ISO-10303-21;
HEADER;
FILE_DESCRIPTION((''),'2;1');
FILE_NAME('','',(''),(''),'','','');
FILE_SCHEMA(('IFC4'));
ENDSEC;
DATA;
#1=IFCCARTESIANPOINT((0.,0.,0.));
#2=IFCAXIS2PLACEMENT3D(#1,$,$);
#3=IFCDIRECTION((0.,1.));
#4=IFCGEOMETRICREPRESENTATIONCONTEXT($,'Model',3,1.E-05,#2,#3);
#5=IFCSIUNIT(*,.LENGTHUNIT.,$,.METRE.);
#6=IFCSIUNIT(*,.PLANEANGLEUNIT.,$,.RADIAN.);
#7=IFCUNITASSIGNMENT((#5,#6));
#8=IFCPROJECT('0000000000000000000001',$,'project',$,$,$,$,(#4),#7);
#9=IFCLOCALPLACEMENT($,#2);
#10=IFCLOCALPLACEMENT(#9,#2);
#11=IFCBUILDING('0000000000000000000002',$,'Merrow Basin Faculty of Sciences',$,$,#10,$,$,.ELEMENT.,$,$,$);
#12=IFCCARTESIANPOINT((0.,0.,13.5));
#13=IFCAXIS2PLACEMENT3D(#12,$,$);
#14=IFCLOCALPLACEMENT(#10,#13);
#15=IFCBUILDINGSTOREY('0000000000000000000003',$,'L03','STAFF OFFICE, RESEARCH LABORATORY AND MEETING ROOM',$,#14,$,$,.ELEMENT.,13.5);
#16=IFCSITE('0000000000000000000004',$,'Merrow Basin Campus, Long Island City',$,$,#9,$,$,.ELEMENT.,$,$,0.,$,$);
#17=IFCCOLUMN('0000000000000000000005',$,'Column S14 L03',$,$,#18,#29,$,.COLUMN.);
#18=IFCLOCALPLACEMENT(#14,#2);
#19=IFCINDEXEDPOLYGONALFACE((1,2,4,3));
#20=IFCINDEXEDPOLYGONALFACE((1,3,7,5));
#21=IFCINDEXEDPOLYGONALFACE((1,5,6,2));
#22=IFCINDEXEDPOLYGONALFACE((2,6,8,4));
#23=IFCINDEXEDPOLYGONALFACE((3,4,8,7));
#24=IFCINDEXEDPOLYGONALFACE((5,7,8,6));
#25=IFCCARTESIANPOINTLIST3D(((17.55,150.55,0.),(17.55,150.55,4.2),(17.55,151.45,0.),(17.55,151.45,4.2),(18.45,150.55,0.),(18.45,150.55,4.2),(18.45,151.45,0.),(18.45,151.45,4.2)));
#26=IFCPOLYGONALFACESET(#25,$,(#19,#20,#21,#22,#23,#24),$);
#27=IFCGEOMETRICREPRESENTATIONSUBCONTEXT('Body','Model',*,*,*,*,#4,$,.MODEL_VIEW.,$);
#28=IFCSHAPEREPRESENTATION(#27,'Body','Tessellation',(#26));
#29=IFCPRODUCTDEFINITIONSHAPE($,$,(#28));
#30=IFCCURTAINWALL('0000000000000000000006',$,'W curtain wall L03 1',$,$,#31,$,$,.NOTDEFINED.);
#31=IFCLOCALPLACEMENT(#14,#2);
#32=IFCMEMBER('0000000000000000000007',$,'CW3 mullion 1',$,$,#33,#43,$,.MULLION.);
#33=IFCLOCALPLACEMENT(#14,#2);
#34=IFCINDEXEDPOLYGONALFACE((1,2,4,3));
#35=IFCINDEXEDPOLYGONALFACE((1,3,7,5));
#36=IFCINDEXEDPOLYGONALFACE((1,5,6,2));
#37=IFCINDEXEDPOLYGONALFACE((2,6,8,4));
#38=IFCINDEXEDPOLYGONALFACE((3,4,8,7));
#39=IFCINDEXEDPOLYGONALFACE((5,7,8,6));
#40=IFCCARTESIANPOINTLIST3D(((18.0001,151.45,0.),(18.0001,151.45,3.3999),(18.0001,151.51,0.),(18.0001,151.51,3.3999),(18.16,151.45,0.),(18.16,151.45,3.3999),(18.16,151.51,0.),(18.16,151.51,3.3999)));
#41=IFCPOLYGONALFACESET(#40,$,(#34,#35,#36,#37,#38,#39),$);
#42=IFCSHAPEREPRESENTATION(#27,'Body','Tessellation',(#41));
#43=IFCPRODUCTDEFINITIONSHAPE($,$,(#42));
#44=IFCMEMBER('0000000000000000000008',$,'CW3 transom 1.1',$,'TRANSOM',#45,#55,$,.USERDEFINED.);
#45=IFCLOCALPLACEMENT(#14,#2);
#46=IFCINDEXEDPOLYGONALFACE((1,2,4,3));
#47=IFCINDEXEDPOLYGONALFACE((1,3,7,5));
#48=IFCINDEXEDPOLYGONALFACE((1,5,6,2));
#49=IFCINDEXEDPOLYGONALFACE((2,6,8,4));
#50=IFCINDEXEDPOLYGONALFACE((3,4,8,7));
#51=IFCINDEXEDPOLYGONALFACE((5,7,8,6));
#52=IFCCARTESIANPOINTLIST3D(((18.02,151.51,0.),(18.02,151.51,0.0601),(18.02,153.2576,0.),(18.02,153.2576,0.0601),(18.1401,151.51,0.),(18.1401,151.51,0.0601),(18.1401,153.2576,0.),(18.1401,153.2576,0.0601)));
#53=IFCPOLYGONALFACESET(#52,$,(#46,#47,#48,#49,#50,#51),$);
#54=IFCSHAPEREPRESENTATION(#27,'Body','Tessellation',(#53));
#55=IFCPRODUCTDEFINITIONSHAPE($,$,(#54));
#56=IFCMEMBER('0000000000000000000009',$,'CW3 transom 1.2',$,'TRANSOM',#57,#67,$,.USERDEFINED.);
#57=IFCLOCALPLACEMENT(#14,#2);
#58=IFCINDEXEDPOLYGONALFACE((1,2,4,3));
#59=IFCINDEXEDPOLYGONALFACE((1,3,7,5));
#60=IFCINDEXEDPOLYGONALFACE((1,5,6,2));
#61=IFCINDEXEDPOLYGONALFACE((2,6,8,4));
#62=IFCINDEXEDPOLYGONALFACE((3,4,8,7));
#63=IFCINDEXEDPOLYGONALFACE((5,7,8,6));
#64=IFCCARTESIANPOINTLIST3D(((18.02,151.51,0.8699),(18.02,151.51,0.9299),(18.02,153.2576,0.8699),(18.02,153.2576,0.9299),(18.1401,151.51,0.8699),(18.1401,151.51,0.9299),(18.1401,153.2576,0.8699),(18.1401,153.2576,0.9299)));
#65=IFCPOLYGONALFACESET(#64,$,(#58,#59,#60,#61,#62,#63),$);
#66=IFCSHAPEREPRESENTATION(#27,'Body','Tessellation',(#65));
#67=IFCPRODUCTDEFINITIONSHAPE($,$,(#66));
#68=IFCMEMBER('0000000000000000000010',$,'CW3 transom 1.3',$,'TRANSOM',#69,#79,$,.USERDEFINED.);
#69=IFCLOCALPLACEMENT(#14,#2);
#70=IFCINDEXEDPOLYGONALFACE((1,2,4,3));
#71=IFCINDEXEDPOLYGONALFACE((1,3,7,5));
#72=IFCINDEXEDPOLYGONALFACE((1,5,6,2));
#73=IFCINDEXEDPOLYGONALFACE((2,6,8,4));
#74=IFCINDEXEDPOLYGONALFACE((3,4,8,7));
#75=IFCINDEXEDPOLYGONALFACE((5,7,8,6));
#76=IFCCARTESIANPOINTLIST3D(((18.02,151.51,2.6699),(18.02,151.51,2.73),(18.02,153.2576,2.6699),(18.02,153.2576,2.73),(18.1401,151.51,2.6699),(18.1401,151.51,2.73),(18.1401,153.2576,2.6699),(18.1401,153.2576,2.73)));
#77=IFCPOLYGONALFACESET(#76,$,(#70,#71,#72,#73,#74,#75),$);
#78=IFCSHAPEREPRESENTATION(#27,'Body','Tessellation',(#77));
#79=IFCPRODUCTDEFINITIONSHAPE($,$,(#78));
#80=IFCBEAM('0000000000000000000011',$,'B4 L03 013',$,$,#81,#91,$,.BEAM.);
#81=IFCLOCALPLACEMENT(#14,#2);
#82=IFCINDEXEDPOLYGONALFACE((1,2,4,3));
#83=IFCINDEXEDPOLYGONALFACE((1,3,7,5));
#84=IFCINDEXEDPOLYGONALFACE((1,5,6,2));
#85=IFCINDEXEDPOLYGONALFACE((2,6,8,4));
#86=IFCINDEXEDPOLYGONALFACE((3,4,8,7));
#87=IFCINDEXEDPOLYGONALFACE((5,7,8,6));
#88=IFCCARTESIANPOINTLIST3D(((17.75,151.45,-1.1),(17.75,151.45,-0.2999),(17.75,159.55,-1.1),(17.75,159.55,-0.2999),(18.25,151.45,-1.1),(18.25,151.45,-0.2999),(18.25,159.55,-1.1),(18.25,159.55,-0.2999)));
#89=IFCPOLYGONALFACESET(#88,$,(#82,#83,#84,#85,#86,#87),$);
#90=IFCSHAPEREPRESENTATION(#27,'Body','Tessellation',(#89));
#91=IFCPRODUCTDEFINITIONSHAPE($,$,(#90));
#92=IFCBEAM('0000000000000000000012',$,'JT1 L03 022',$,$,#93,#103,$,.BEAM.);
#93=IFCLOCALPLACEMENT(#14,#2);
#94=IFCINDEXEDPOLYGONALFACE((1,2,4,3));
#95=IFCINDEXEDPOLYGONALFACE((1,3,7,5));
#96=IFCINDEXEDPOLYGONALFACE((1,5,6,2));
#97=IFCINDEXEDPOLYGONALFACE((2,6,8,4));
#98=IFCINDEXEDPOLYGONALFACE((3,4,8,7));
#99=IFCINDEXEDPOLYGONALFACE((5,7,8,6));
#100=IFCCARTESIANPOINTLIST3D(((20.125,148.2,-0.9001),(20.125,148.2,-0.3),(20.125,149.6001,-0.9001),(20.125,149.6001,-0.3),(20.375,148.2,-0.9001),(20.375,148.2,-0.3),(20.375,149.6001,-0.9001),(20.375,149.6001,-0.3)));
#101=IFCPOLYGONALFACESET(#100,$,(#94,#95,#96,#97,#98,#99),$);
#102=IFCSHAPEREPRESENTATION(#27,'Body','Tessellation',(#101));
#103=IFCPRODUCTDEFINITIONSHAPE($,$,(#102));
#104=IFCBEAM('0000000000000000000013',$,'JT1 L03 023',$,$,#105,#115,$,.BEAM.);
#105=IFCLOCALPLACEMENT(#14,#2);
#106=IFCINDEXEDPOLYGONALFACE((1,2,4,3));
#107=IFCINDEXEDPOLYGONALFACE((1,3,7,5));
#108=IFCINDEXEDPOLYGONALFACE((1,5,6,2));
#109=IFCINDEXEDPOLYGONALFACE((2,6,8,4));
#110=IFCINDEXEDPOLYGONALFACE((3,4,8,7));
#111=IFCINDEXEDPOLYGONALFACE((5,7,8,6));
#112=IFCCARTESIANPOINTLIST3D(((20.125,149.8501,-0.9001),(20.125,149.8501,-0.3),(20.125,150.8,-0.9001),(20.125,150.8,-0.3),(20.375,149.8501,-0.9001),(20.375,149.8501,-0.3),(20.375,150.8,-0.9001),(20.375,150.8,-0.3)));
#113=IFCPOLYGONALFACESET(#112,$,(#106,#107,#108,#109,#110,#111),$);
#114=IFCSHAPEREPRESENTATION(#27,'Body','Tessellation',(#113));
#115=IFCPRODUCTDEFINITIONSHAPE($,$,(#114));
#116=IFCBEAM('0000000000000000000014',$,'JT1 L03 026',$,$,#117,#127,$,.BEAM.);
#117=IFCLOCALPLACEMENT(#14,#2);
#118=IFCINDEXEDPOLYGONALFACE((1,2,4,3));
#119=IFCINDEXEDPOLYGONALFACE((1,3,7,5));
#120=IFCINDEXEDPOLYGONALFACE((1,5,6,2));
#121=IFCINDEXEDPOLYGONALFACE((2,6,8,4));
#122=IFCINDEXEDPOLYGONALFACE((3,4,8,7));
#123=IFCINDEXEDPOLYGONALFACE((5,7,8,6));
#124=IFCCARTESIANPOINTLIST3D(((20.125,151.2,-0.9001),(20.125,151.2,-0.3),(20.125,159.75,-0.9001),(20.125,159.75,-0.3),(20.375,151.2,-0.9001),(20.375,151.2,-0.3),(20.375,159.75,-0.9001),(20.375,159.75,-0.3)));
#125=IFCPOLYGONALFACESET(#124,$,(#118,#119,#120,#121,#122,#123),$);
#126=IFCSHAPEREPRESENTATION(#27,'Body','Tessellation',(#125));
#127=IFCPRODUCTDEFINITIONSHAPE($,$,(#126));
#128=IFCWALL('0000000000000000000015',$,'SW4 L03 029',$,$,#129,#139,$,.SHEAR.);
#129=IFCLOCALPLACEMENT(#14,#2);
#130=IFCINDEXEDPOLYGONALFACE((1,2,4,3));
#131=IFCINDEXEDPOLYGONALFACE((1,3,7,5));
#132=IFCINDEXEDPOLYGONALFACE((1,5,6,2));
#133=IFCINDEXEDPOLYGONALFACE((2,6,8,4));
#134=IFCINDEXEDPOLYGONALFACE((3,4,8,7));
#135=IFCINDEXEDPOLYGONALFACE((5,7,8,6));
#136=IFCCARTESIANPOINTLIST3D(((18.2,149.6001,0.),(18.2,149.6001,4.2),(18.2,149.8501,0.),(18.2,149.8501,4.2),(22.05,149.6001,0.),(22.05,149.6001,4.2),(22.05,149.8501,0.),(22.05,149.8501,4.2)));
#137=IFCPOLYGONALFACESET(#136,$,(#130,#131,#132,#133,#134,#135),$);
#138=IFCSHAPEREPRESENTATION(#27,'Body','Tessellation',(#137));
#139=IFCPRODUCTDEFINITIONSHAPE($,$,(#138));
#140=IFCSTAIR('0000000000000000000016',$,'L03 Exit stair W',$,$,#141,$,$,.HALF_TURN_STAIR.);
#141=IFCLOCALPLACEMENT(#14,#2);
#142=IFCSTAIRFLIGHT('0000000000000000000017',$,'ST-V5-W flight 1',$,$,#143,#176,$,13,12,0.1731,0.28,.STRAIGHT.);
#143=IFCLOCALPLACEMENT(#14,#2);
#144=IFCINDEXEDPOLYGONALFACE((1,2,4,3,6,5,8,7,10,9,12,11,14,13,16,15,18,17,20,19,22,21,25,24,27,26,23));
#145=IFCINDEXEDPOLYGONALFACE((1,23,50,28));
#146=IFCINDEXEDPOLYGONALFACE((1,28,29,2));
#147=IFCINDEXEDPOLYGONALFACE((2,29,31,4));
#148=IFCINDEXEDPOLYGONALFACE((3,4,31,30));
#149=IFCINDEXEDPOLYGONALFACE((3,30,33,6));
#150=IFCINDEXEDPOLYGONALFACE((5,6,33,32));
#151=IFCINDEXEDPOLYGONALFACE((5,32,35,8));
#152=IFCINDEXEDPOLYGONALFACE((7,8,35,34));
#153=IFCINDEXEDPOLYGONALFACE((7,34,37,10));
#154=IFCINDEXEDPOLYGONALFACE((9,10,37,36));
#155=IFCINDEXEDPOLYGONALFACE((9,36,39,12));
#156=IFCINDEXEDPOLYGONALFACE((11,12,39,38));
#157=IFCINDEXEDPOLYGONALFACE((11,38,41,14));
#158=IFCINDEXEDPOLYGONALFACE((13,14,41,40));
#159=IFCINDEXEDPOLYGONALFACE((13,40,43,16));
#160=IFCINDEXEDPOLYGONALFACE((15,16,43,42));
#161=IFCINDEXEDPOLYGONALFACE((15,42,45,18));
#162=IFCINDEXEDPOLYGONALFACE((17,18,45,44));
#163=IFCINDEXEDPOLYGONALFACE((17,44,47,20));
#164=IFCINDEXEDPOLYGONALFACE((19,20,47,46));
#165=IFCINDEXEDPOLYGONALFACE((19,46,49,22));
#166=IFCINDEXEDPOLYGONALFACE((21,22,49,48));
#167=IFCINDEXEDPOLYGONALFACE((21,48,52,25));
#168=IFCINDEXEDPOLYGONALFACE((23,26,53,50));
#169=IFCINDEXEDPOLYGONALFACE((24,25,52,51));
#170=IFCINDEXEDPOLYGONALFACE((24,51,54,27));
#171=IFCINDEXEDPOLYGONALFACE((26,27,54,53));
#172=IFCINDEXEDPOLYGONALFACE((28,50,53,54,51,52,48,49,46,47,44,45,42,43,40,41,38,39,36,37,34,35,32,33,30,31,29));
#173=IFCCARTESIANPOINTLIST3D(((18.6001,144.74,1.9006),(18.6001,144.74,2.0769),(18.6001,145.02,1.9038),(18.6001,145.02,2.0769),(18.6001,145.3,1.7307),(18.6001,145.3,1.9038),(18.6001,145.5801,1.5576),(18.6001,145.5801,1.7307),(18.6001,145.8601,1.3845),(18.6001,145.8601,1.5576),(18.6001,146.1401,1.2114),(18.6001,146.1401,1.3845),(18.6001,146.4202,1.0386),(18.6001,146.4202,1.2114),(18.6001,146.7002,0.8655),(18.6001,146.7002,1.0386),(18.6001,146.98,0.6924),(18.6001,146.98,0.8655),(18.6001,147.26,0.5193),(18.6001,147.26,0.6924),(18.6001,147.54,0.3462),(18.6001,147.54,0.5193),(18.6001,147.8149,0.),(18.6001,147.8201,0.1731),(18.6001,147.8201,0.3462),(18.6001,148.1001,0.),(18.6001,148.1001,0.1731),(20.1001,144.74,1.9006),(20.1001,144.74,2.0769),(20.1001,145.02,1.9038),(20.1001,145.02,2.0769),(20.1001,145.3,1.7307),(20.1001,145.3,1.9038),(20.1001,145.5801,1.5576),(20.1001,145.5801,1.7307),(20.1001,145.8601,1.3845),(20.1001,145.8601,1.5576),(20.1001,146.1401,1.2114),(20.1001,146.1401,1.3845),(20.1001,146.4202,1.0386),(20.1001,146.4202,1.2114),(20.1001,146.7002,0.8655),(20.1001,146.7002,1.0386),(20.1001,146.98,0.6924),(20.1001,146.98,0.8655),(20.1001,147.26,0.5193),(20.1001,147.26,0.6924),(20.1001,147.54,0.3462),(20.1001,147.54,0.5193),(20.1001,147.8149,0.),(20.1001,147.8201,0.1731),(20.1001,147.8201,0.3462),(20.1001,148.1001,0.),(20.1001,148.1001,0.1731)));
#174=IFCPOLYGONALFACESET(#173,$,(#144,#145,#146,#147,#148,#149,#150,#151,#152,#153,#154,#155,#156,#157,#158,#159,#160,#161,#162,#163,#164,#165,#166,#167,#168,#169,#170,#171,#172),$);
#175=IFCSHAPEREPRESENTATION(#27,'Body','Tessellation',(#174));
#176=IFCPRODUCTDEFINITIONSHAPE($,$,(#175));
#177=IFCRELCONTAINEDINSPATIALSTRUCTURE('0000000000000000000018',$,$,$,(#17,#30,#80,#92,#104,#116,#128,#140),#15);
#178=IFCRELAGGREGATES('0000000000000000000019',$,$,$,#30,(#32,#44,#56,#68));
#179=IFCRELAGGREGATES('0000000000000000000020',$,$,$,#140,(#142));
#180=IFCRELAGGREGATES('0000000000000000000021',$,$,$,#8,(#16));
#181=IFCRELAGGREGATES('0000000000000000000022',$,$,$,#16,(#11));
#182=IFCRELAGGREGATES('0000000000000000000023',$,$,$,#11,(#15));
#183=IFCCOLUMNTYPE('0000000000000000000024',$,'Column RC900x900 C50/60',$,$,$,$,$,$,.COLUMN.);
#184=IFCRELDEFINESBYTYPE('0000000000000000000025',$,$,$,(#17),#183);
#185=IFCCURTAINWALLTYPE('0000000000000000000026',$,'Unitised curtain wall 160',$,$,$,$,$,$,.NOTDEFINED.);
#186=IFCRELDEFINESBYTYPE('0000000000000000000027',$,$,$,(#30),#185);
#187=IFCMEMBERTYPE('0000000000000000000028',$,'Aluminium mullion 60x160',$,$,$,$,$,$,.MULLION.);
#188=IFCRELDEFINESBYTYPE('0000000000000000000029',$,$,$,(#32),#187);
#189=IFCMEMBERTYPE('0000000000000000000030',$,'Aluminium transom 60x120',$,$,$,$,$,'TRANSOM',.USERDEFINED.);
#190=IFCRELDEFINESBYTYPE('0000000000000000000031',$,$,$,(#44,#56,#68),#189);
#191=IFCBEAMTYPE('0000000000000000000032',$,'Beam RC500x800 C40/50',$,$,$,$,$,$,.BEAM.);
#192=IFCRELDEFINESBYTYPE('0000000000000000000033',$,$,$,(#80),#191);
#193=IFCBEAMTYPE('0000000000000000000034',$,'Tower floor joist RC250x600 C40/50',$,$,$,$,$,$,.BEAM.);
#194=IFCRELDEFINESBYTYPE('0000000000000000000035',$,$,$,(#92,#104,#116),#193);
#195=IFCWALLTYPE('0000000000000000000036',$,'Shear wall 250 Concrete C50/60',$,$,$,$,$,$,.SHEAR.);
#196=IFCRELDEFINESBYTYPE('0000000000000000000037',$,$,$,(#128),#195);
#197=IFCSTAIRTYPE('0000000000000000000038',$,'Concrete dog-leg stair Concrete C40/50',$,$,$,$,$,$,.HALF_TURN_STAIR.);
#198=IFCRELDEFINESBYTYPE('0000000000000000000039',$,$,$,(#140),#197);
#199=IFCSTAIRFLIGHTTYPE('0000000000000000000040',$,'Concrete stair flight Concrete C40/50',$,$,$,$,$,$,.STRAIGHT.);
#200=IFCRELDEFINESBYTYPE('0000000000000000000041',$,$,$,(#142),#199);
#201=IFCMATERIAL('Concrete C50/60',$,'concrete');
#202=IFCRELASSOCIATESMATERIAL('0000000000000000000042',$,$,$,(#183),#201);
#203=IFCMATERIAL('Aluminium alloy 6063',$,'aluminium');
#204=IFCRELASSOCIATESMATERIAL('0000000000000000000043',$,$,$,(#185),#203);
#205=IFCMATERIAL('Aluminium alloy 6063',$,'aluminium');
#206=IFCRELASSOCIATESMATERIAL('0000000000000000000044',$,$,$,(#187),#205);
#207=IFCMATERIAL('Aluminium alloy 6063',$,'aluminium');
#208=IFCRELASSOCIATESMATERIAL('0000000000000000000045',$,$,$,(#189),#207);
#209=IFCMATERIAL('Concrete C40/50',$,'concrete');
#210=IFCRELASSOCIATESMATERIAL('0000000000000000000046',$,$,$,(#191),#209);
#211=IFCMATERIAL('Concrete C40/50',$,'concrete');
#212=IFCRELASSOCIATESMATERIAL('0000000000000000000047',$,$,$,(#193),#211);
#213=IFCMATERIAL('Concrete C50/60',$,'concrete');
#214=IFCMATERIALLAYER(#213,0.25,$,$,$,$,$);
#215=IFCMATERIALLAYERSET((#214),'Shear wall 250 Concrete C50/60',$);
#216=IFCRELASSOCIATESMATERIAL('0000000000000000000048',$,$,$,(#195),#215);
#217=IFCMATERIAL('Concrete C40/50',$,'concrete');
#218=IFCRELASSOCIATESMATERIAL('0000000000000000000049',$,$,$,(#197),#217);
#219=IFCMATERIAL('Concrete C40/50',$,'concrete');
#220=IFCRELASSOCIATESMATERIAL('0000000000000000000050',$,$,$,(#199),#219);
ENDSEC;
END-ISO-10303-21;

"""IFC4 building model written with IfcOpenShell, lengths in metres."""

from ifc_helpers import new_model, si_unit, direction, frame, frame_2d, origin, origin_2d, place, context, subcontext, project, spatial, polyline, rectangle, outline, extrude, material, layer, layer_set, material_profile, profile_set, type_object, element, aggregate, save


model = new_model("IFC4")

# Units and contexts
model_context = context("Model", 3, precision=1e-05, world=origin(), true_north=direction((0.0, 1.0)))
body_context = subcontext(model_context, "Body", "Model", "MODEL_VIEW")
ifc_project = project(units=[si_unit("LENGTHUNIT", "METRE"), si_unit("PLANEANGLEUNIT", "RADIAN")], contexts=[model_context])

# Site, building, storey
site_placement = place(None, origin())
site = spatial("IfcSite", under=ifc_project, at=site_placement, Name="Merrow Basin Campus, Long Island City", CompositionType="ELEMENT", RefElevation=0.0)
building_placement = place(site_placement, origin())
building = spatial("IfcBuilding", under=site, at=building_placement, Name="Merrow Basin Faculty of Sciences", CompositionType="ELEMENT")
storey_placement = place(building_placement, frame((0.0, 0.0, 13.5)))
storey = spatial("IfcBuildingStorey", under=building, at=storey_placement, Name="L03", Description="STAFF OFFICE, RESEARCH LABORATORY AND MEETING ROOM", CompositionType="ELEMENT", Elevation=13.5)

# Column
ifc_material_1 = material(Name="Concrete C50/60", Category="concrete")
ifc_material_profile_1 = material_profile(ifc_material_1, rectangle(XDim=0.8999, YDim=0.8999, at=origin_2d()))
ifc_profile_set_1 = profile_set([ifc_material_profile_1], Name="Concrete C50/60")
column_type = type_object("IfcColumnType", Name="Column RC900x900 C50/60", PredefinedType="COLUMN", material=ifc_profile_set_1)
column_placement = place(storey_placement, frame((18.0, 151.0, 0.0), z_axis=(0.0, 0.0, 1.0), x_axis=(1.0, 0.0, 0.0)))
element("IfcColumn", 1, at=column_placement, inside=storey, type_object=column_type, Name="Column S14 L03", PredefinedType="COLUMN", context=body_context, shape_type="SweptSolid", body=[
    extrude(rectangle(XDim=0.8999, YDim=0.8999, at=origin_2d()), origin(), (0.0, 0.0, 1.0), 4.2),
])

# Curtain wall, members
ifc_material_2 = material(Name="Aluminium alloy 6063", Category="aluminium")
curtain_wall_type = type_object("IfcCurtainWallType", Name="Unitised curtain wall 160", PredefinedType="NOTDEFINED", material=ifc_material_2)
curtain_wall_placement = place(storey_placement, origin())
curtain_wall = element("IfcCurtainWall", 2, at=curtain_wall_placement, inside=storey, type_object=curtain_wall_type, Name="W curtain wall L03 1", PredefinedType="NOTDEFINED")
ifc_material_3 = material(Name="Aluminium alloy 6063", Category="aluminium")
ifc_material_profile_2 = material_profile(ifc_material_3, rectangle(XDim=0.1599, YDim=0.0601, at=origin_2d()))
ifc_profile_set_2 = profile_set([ifc_material_profile_2], Name="Aluminium alloy 6063")
member_type_1 = type_object("IfcMemberType", Name="Aluminium mullion 60x160", PredefinedType="MULLION", material=ifc_profile_set_2)
member_1_placement = place(storey_placement, frame((18.0801, 151.48, 0.0), z_axis=(0.0, 0.0, 1.0), x_axis=(-1.0, 0.0, 0.0)))
member_1 = element("IfcMember", 3, at=member_1_placement, type_object=member_type_1, Name="CW3 mullion 1", PredefinedType="MULLION", context=body_context, shape_type="SweptSolid", body=[
    extrude(rectangle(XDim=0.1599, YDim=0.0601, at=origin_2d()), origin(), (0.0, 0.0, 1.0), 3.3999),
])
ifc_material_4 = material(Name="Aluminium alloy 6063", Category="aluminium")
ifc_material_profile_3 = material_profile(ifc_material_4, rectangle(XDim=0.1201, YDim=0.0601, at=origin_2d()))
ifc_profile_set_3 = profile_set([ifc_material_profile_3], Name="Aluminium alloy 6063")
member_type_2 = type_object("IfcMemberType", Name="Aluminium transom 60x120", ElementType="TRANSOM", PredefinedType="USERDEFINED", material=ifc_profile_set_3)
member_2_placement = place(storey_placement, frame((18.0801, 151.51, 0.03), z_axis=(0.0, 1.0, 0.0), x_axis=(-1.0, 0.0, 0.0)))
member_2 = element("IfcMember", 4, at=member_2_placement, type_object=member_type_2, Name="CW3 transom 1.1", ObjectType="TRANSOM", PredefinedType="USERDEFINED", context=body_context, shape_type="SweptSolid", body=[
    extrude(rectangle(XDim=0.1201, YDim=0.0601, at=origin_2d()), origin(), (0.0, 0.0, 1.0), 1.7476),
])
member_3_placement = place(storey_placement, frame((18.0801, 151.51, 0.8999), z_axis=(0.0, 1.0, 0.0), x_axis=(-1.0, 0.0, 0.0)))
member_3 = element("IfcMember", 5, at=member_3_placement, type_object=member_type_2, Name="CW3 transom 1.2", ObjectType="TRANSOM", PredefinedType="USERDEFINED", context=body_context, shape_type="SweptSolid", body=[
    extrude(rectangle(XDim=0.1201, YDim=0.0601, at=origin_2d()), origin(), (0.0, 0.0, 1.0), 1.7476),
])
member_4_placement = place(storey_placement, frame((18.0801, 151.51, 2.7), z_axis=(0.0, 1.0, 0.0), x_axis=(-1.0, 0.0, 0.0)))
member_4 = element("IfcMember", 6, at=member_4_placement, type_object=member_type_2, Name="CW3 transom 1.3", ObjectType="TRANSOM", PredefinedType="USERDEFINED", context=body_context, shape_type="SweptSolid", body=[
    extrude(rectangle(XDim=0.1201, YDim=0.0601, at=origin_2d()), origin(), (0.0, 0.0, 1.0), 1.7476),
])
aggregate(curtain_wall, [member_1, member_2, member_3, member_4])

# Beams
ifc_material_5 = material(Name="Concrete C40/50", Category="concrete")
ifc_material_profile_4 = material_profile(ifc_material_5, rectangle(XDim=0.5, YDim=0.8, at=origin_2d()))
ifc_profile_set_4 = profile_set([ifc_material_profile_4], Name="Concrete C40/50")
beam_type_1 = type_object("IfcBeamType", Name="Beam RC500x800 C40/50", PredefinedType="BEAM", material=ifc_profile_set_4)
beam_1_placement = place(storey_placement, frame((18.0, 151.45, -0.7), z_axis=(0.0, 1.0, 0.0), x_axis=(-1.0, 0.0, 0.0)))
element("IfcBeam", 7, at=beam_1_placement, inside=storey, type_object=beam_type_1, Name="B4 L03 013", PredefinedType="BEAM", context=body_context, shape_type="SweptSolid", body=[
    extrude(rectangle(XDim=0.5, YDim=0.8, at=origin_2d()), origin(), (0.0, 0.0, 1.0), 8.1001),
])
ifc_material_6 = material(Name="Concrete C40/50", Category="concrete")
ifc_material_profile_5 = material_profile(ifc_material_6, rectangle(XDim=0.25, YDim=0.6001, at=origin_2d()))
ifc_profile_set_5 = profile_set([ifc_material_profile_5], Name="Concrete C40/50")
beam_type_2 = type_object("IfcBeamType", Name="Tower floor joist RC250x600 C40/50", PredefinedType="BEAM", material=ifc_profile_set_5)
beam_2_placement = place(storey_placement, frame((20.25, 148.2, -0.6001), z_axis=(0.0, 1.0, 0.0), x_axis=(-1.0, 0.0, 0.0)))
element("IfcBeam", 8, at=beam_2_placement, inside=storey, type_object=beam_type_2, Name="JT1 L03 022", PredefinedType="BEAM", context=body_context, shape_type="SweptSolid", body=[
    extrude(rectangle(XDim=0.25, YDim=0.6001, at=origin_2d()), origin(), (0.0, 0.0, 1.0), 1.4001),
])
beam_3_placement = place(storey_placement, frame((20.25, 149.8501, -0.6001), z_axis=(0.0, 1.0, 0.0), x_axis=(-1.0, 0.0, 0.0)))
element("IfcBeam", 9, at=beam_3_placement, inside=storey, type_object=beam_type_2, Name="JT1 L03 023", PredefinedType="BEAM", context=body_context, shape_type="SweptSolid", body=[
    extrude(rectangle(XDim=0.25, YDim=0.6001, at=origin_2d()), origin(), (0.0, 0.0, 1.0), 0.95),
])
beam_4_placement = place(storey_placement, frame((20.25, 151.2, -0.6001), z_axis=(0.0, 1.0, 0.0), x_axis=(-1.0, 0.0, 0.0)))
element("IfcBeam", 10, at=beam_4_placement, inside=storey, type_object=beam_type_2, Name="JT1 L03 026", PredefinedType="BEAM", context=body_context, shape_type="SweptSolid", body=[
    extrude(rectangle(XDim=0.25, YDim=0.6001, at=origin_2d()), origin(), (0.0, 0.0, 1.0), 8.55),
])

# Wall
ifc_material_7 = material(Name="Concrete C50/60", Category="concrete")
ifc_layer_1 = layer(ifc_material_7, 0.25)
ifc_layer_set_1 = layer_set([ifc_layer_1], Name="Shear wall 250 Concrete C50/60")
wall_type_1 = type_object("IfcWallType", Name="Shear wall 250 Concrete C50/60", PredefinedType="SHEAR", material=ifc_layer_set_1)
wall_1_placement = place(storey_placement, frame((18.2, 149.7251, 0.0), z_axis=(0.0, 0.0, 1.0), x_axis=(1.0, 0.0, 0.0)))
element("IfcWall", 11, at=wall_1_placement, inside=storey, type_object=wall_type_1, Name="SW4 L03 029", PredefinedType="SHEAR", context=body_context, shape_type="SweptSolid", body=[
    extrude(rectangle(XDim=3.8501, YDim=0.25, at=frame_2d((1.925, 0.0))), origin(), (0.0, 0.0, 1.0), 4.2),
])

# Stair, stair flight
ifc_material_8 = material(Name="Concrete C40/50", Category="concrete")
stair_type = type_object("IfcStairType", Name="Concrete dog-leg stair Concrete C40/50", PredefinedType="HALF_TURN_STAIR", material=ifc_material_8)
stair_placement = place(storey_placement, origin())
stair = element("IfcStair", 12, at=stair_placement, inside=storey, type_object=stair_type, Name="L03 Exit stair W", PredefinedType="HALF_TURN_STAIR")
ifc_material_9 = material(Name="Concrete C40/50", Category="concrete")
stair_flight_type = type_object("IfcStairFlightType", Name="Concrete stair flight Concrete C40/50", PredefinedType="STRAIGHT", material=ifc_material_9)
stair_flight_placement = place(storey_placement, frame((19.3501, 148.1001, 0.0), z_axis=(0.0, 0.0, 1.0), x_axis=(0.0, -1.0, 0.0)))
stair_flight = element("IfcStairFlight", 13, at=stair_flight_placement, type_object=stair_flight_type, Name="ST-V5-W flight 1", NumberOfRisers=13, NumberOfTreads=12, PredefinedType="STRAIGHT", RiserHeight=0.1731, TreadLength=0.28, context=body_context, shape_type="SweptSolid", body=[
    extrude(outline(polyline([(0.0, 0.0), (0.0, 0.1731), (0.28, 0.1731), (0.28, 0.3462), (0.5601, 0.3462), (0.5601, 0.5193), (0.8401, 0.5193), (0.8401, 0.6924), (1.1201, 0.6924), (1.1201, 0.8655), (1.3999, 0.8655), (1.3999, 1.0386), (1.6799, 1.0386), (1.6799, 1.2114), (1.96, 1.2114), (1.96, 1.3845), (2.24, 1.3845), (2.24, 1.5576), (2.52, 1.5576), (2.52, 1.7307), (2.8, 1.7307), (2.8, 1.9038), (3.0801, 1.9038), (3.0801, 2.0769), (3.3601, 2.0769), (3.3601, 2.25), (3.3601, 1.9006), (0.2852, 0.0), (0.0, 0.0)])), frame((0.0, 0.75, 0.0), z_axis=(0.0, -1.0, 0.0), x_axis=(1.0, 0.0, 0.0)), (0.0, 0.0, 1.0), 1.5),
])
aggregate(stair, [stair_flight])

save(model, "model.ifc")
